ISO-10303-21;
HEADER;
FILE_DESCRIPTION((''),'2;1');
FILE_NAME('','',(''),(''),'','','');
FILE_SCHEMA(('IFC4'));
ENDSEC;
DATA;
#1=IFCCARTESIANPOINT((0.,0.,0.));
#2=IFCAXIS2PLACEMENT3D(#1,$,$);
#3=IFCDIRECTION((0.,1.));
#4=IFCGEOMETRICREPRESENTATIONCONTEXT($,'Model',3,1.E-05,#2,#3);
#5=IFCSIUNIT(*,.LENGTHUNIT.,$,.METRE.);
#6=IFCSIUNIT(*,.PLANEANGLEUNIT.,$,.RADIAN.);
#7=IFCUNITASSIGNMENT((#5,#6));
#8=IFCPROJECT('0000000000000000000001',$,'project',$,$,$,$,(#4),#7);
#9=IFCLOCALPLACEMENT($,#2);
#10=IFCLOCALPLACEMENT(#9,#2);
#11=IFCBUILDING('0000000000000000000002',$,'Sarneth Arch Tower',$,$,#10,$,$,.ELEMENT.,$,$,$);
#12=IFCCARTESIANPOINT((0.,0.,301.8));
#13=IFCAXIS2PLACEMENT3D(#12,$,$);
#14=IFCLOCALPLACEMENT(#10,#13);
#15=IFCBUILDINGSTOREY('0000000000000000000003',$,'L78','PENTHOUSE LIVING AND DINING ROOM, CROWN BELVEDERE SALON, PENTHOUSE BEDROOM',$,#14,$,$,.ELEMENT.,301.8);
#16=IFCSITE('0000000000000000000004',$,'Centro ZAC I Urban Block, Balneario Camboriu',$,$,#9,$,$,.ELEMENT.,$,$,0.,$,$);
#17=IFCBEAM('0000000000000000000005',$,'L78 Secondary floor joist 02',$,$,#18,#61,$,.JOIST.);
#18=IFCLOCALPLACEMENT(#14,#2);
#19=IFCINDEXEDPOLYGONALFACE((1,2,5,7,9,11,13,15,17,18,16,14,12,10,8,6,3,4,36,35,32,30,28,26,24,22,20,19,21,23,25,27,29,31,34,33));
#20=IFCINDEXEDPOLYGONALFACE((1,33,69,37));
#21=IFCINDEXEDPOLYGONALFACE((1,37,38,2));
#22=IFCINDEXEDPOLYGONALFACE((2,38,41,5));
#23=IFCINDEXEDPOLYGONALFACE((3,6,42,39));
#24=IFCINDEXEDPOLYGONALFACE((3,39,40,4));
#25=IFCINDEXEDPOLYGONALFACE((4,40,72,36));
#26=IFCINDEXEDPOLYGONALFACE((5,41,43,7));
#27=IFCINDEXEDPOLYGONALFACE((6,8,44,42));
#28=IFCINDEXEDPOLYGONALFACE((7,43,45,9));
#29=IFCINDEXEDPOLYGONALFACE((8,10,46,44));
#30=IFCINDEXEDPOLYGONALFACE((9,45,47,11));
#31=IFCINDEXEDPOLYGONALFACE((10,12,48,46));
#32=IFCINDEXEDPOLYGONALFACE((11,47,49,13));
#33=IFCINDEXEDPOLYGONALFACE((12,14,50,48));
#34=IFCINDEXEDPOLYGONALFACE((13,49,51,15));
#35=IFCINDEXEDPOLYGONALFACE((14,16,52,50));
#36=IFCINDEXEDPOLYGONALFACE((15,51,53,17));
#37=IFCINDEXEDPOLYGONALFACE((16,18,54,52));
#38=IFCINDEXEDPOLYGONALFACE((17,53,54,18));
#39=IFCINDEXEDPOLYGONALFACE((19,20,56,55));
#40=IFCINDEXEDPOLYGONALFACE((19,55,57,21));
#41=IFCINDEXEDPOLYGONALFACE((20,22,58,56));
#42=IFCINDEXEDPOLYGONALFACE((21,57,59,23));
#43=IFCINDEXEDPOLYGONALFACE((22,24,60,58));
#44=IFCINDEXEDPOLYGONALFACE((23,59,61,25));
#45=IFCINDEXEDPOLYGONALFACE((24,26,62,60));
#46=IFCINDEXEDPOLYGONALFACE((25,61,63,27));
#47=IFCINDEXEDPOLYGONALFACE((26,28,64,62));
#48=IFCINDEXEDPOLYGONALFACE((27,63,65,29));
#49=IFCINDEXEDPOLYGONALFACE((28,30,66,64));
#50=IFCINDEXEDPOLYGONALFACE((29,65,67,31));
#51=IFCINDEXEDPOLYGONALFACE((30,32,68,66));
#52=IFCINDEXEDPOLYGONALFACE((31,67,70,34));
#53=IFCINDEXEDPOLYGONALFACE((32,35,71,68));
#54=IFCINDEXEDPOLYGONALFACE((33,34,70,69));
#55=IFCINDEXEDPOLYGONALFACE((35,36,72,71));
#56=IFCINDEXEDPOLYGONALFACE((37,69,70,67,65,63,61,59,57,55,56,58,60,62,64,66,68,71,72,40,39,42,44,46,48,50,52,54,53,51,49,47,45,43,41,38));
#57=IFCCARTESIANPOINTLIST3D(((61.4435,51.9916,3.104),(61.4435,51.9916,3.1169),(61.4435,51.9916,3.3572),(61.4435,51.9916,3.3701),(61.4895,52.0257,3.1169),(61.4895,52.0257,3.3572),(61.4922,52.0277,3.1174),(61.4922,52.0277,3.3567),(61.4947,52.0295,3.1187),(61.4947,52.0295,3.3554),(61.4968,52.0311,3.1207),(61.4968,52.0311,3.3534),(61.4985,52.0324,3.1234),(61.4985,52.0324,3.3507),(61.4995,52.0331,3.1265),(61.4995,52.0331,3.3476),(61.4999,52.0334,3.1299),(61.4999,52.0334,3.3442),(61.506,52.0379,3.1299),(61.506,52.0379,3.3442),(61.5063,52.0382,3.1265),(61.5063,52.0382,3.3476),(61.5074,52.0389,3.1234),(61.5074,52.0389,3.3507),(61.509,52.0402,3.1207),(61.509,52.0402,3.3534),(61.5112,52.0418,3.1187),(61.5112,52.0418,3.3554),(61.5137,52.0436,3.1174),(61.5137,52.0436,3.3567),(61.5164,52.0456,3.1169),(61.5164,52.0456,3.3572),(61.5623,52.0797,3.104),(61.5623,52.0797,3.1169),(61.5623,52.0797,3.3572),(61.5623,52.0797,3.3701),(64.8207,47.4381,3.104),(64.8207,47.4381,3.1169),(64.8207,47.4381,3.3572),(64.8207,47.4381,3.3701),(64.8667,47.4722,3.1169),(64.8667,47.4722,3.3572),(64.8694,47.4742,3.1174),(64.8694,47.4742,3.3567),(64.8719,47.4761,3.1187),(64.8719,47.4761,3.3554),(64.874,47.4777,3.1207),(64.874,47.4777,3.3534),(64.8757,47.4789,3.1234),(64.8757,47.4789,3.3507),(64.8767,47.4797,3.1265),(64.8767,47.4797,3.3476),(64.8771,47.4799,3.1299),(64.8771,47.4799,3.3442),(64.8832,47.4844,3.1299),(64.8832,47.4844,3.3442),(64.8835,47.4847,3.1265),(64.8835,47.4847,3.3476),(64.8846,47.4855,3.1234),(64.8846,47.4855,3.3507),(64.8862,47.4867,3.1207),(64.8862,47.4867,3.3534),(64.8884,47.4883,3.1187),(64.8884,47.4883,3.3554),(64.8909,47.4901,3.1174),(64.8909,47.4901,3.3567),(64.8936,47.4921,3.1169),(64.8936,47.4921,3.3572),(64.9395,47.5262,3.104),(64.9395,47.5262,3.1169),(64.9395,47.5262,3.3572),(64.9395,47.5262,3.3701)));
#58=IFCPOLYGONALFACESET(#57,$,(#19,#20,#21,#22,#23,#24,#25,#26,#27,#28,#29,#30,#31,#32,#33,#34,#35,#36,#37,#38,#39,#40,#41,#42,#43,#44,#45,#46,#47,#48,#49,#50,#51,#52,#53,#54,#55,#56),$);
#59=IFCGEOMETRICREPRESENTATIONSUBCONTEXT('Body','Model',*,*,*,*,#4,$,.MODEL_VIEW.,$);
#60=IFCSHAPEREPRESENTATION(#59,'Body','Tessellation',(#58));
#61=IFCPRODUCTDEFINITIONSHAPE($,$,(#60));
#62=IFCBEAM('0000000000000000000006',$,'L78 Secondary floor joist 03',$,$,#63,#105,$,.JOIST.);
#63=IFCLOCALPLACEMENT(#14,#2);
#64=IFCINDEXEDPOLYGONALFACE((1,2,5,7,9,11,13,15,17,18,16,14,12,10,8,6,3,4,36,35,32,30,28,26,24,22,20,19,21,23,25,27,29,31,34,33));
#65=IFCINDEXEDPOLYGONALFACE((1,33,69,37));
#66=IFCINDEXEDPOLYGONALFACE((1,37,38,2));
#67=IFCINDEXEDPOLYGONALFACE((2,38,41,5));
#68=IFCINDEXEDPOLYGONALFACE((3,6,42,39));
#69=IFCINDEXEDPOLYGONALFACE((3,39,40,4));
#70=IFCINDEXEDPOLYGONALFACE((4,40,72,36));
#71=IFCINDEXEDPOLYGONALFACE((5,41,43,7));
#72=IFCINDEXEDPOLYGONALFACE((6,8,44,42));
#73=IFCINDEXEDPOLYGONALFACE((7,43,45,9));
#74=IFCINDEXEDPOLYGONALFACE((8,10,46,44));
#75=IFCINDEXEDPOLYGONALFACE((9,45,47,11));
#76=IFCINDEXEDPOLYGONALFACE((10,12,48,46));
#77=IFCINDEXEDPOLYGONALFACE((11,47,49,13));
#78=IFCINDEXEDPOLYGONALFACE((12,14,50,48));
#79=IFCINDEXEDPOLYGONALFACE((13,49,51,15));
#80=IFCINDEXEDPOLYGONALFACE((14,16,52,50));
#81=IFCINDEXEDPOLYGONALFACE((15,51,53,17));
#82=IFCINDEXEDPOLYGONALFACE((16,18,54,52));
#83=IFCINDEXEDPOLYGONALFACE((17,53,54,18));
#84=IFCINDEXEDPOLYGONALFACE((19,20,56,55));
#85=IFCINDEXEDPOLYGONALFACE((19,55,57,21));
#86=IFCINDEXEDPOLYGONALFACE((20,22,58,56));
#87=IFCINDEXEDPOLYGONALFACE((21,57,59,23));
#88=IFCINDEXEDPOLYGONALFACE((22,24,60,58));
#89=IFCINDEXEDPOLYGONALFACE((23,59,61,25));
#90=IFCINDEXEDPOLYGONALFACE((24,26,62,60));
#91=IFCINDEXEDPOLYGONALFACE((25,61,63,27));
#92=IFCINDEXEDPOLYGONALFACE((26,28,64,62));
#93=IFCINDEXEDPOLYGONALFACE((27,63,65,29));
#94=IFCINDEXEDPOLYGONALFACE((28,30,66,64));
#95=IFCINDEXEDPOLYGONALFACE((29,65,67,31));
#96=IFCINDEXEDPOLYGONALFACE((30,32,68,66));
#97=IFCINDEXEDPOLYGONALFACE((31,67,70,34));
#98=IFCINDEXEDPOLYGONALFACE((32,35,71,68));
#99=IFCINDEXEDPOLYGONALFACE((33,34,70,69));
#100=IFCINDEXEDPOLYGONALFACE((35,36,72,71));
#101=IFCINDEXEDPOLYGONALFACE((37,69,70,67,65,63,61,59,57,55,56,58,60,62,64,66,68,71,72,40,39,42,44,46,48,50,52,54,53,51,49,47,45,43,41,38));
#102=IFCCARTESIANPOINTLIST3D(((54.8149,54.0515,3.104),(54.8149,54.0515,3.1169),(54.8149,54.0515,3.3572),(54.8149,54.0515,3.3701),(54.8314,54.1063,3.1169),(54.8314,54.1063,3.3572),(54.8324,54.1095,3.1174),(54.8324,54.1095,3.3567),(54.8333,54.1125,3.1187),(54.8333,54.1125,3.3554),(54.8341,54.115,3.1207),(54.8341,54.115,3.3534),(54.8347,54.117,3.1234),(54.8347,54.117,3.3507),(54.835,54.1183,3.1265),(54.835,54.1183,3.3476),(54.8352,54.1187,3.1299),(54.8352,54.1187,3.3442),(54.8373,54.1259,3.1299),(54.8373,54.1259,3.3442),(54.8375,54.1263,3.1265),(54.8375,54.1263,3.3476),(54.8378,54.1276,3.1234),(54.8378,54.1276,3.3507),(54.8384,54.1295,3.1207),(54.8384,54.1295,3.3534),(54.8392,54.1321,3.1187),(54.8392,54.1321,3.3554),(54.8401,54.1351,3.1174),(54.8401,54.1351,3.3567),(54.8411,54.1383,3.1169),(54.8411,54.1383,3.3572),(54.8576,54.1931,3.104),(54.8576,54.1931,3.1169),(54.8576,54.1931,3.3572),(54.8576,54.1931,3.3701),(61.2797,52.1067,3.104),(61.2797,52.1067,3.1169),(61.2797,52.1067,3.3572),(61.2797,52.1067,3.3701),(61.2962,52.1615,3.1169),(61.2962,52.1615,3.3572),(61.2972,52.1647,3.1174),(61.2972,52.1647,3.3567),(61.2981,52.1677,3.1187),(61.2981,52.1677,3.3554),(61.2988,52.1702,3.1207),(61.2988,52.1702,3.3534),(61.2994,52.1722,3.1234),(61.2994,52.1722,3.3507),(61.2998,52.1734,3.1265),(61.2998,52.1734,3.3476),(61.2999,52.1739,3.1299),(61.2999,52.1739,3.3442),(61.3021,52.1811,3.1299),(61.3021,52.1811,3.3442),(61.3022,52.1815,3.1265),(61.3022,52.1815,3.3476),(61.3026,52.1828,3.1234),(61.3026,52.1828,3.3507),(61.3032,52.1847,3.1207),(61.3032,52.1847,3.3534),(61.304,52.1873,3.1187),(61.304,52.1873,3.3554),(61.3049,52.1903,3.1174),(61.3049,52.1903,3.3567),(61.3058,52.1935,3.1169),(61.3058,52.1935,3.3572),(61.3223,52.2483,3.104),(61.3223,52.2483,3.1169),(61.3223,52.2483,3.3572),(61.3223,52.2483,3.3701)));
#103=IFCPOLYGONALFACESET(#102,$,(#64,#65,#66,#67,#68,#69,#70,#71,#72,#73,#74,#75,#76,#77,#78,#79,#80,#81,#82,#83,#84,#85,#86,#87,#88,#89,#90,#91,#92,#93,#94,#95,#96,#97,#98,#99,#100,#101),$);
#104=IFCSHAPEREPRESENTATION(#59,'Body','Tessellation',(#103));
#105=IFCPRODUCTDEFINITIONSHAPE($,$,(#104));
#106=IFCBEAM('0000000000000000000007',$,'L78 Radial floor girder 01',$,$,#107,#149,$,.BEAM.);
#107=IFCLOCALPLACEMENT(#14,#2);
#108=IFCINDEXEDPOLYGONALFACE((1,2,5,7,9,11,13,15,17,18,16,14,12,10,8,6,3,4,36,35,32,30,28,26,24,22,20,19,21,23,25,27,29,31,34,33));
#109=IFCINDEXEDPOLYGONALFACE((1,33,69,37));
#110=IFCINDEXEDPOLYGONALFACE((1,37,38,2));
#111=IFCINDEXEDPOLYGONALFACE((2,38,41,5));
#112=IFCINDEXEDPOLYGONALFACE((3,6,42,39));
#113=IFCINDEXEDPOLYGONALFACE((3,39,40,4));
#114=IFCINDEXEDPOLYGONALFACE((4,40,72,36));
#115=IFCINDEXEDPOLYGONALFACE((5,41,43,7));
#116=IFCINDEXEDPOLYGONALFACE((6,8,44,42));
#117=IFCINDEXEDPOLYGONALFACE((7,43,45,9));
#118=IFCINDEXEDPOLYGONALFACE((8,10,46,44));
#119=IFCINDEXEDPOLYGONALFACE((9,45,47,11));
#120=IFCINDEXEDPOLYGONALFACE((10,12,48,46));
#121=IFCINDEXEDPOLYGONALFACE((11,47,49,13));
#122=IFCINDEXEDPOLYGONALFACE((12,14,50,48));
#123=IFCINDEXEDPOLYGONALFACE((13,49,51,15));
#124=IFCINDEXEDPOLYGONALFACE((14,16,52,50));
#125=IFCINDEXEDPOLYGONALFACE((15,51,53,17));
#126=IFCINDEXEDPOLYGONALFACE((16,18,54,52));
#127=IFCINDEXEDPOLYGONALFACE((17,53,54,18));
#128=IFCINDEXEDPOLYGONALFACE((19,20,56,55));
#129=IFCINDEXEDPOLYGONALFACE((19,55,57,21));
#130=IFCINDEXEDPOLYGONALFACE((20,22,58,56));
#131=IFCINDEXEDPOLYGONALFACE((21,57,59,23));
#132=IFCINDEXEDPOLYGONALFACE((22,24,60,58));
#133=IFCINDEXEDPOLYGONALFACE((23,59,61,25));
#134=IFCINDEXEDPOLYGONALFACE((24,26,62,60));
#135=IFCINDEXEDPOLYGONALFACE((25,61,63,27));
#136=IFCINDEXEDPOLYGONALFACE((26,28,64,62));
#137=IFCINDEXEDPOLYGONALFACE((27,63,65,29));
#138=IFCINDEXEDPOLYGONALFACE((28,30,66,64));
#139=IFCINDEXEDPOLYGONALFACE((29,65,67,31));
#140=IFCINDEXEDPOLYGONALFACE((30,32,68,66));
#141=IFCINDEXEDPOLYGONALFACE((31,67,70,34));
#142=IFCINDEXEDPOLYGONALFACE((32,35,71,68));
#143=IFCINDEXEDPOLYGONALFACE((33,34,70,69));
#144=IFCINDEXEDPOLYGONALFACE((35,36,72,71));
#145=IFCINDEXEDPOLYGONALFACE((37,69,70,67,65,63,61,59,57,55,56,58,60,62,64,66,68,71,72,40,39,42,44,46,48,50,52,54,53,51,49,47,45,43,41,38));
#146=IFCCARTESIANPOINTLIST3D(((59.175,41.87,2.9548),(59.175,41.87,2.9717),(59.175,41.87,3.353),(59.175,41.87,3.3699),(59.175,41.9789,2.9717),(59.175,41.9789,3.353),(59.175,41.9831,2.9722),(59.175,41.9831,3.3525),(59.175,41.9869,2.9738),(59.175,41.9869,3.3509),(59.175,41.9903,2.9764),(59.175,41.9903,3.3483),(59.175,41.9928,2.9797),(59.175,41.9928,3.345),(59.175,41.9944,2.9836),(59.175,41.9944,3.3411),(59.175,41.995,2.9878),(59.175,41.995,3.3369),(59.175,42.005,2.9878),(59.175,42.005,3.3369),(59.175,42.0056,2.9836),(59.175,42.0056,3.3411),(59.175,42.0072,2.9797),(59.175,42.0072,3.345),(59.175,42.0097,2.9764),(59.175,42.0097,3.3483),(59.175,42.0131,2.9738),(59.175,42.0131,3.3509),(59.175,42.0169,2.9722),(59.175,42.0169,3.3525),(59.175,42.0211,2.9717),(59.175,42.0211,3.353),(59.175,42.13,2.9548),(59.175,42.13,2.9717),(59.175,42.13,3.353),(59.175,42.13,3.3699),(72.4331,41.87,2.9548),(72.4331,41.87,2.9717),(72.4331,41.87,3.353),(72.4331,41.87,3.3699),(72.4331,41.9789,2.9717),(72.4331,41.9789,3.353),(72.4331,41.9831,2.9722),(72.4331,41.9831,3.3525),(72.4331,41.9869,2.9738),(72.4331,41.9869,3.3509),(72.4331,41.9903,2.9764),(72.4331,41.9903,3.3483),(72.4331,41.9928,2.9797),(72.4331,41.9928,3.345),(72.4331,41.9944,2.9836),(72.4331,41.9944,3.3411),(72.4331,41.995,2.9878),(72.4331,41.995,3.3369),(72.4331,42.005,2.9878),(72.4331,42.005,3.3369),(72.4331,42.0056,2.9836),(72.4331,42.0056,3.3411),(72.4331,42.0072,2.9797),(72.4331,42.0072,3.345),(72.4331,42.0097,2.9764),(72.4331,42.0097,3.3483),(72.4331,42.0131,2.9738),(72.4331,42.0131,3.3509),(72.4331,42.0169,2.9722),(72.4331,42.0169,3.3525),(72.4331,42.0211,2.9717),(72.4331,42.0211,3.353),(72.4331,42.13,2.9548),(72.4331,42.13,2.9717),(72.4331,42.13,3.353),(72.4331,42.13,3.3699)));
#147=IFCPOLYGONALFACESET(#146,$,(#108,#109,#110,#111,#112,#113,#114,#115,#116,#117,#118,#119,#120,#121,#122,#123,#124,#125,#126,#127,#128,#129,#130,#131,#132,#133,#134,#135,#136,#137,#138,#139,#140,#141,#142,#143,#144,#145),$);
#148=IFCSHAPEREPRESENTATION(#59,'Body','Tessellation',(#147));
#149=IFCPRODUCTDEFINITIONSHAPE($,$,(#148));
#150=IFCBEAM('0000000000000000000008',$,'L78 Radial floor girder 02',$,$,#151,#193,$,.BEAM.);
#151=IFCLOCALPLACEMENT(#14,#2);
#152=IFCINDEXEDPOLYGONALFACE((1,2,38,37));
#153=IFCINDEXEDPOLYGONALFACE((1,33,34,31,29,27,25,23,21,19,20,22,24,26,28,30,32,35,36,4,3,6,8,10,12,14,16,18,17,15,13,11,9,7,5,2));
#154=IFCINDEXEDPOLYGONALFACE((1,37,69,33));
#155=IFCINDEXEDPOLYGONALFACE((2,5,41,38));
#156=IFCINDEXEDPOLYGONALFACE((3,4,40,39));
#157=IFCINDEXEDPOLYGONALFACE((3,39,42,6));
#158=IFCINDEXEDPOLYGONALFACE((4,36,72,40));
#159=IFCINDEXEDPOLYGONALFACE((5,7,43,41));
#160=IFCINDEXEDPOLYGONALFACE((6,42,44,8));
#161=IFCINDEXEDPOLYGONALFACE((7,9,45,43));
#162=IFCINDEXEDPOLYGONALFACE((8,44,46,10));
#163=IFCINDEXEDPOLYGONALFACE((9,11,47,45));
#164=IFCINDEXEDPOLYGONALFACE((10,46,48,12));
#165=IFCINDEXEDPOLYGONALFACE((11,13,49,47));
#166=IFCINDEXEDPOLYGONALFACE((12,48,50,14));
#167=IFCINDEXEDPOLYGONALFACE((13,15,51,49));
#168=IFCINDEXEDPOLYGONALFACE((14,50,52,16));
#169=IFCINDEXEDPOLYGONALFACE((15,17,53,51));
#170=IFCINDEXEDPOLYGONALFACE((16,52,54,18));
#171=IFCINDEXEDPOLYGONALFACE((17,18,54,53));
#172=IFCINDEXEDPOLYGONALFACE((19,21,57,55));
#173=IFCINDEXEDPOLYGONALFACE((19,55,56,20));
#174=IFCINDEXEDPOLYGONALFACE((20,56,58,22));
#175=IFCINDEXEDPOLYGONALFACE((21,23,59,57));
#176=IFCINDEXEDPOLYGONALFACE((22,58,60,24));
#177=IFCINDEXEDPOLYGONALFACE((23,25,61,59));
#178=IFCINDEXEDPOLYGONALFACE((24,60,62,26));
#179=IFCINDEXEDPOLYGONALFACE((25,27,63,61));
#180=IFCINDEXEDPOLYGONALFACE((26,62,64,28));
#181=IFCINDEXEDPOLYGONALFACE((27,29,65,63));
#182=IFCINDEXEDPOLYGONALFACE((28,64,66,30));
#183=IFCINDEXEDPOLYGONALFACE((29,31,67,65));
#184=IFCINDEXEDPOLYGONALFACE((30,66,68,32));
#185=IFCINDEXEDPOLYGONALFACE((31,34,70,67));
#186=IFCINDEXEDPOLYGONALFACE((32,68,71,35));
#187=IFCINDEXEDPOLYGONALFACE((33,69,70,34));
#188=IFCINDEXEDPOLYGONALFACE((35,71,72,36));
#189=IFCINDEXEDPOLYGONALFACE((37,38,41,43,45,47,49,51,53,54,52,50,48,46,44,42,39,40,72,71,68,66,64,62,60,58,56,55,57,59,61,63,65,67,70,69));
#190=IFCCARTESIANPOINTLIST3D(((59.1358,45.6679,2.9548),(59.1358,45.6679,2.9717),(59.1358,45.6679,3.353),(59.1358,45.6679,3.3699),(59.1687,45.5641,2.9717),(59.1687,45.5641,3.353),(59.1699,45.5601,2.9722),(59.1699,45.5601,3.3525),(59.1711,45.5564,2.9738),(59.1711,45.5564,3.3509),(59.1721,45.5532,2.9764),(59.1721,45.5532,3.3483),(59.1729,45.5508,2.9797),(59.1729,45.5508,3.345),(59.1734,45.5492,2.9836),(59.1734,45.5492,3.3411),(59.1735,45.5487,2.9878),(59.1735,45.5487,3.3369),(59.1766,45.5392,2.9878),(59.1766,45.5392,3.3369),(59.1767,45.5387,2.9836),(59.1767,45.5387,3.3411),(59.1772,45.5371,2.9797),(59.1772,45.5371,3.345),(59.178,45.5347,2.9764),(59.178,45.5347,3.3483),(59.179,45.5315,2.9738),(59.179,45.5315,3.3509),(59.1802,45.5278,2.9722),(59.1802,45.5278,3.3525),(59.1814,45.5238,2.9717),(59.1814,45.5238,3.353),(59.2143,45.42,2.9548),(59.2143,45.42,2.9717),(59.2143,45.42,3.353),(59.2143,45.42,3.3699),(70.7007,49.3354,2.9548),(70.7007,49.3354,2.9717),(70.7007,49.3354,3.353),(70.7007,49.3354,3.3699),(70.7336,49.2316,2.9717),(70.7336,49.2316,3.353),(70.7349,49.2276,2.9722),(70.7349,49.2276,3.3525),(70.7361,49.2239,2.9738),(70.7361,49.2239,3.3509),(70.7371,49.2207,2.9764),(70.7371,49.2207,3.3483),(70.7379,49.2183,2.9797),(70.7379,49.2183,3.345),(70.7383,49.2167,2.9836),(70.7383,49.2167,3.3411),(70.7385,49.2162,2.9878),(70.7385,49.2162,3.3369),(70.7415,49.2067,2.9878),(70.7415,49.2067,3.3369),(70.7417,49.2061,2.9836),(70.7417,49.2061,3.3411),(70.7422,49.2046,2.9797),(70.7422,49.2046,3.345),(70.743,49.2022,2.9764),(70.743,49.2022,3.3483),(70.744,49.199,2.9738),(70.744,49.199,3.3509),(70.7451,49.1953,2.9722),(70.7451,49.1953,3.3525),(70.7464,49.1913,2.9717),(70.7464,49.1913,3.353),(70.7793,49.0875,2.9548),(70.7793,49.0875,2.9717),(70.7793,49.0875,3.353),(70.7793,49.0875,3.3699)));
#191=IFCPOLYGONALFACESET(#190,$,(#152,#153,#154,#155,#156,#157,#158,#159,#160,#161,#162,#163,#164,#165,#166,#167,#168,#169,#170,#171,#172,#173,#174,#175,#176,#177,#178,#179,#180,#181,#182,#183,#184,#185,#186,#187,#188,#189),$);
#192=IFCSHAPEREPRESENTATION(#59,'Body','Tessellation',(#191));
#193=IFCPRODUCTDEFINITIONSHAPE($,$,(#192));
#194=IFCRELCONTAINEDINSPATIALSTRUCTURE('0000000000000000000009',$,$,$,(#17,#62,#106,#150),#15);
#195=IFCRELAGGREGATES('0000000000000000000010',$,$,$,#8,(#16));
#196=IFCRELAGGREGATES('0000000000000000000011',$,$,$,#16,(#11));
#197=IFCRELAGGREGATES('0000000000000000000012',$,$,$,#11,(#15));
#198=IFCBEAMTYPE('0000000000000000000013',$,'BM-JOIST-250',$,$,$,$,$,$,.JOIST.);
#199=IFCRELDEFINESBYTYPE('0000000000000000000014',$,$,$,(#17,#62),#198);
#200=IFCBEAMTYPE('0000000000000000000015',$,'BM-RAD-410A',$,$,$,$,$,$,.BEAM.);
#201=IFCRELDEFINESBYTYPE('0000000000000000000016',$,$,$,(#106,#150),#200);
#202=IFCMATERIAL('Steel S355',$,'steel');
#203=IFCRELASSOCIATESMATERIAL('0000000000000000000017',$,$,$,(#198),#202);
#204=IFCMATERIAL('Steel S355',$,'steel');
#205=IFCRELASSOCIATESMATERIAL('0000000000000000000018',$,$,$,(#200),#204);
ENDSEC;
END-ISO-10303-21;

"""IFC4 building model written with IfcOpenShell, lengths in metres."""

from ifc_helpers import new_model, si_unit, direction, frame, origin, origin_2d, place, context, subcontext, project, spatial, i_section, extrude, material, material_profile, profile_set, type_object, element, save


model = new_model("IFC4")

# Units and contexts
model_context = context("Model", 3, precision=1e-05, world=origin(), true_north=direction((0.0, 1.0)))
body_context = subcontext(model_context, "Body", "Model", "MODEL_VIEW")
ifc_project = project(units=[si_unit("LENGTHUNIT", "METRE"), si_unit("PLANEANGLEUNIT", "RADIAN")], contexts=[model_context])

# Site, building, storey
site_placement = place(None, origin())
site = spatial("IfcSite", under=ifc_project, at=site_placement, Name="Centro ZAC I Urban Block, Balneario Camboriu", CompositionType="ELEMENT", RefElevation=0.0)
building_placement = place(site_placement, origin())
building = spatial("IfcBuilding", under=site, at=building_placement, Name="Sarneth Arch Tower", CompositionType="ELEMENT")
storey_placement = place(building_placement, frame((0.0, 0.0, 301.8)))
storey = spatial("IfcBuildingStorey", under=building, at=storey_placement, Name="L78", Description="PENTHOUSE LIVING AND DINING ROOM, CROWN BELVEDERE SALON, PENTHOUSE BEDROOM", CompositionType="ELEMENT", Elevation=301.8)

# Beams
ifc_material_1 = material(Name="Steel S355", Category="steel")
ifc_material_profile_1 = material_profile(ifc_material_1, i_section(OverallWidth=0.1479, OverallDepth=0.2661, WebThickness=0.0076, FlangeThickness=0.0129, FilletRadius=0.0129, at=origin_2d()), Name="W250x44.8")
ifc_profile_set_1 = profile_set([ifc_material_profile_1], Name="Steel S355")
beam_type_1 = type_object("IfcBeamType", Name="BM-JOIST-250", PredefinedType="JOIST", material=ifc_profile_set_1)
beam_1_placement = place(storey_placement, frame((64.8801, 47.4822, 3.2371), z_axis=(-0.595713, 0.803198, 0.0), x_axis=(-0.803198, -0.595713, 0.0)))
element("IfcBeam", 1, at=beam_1_placement, inside=storey, type_object=beam_type_1, Name="L78 Secondary floor joist 02", PredefinedType="JOIST", context=body_context, shape_type="SweptSolid", body=[
    extrude(i_section(OverallWidth=0.1479, OverallDepth=0.2661, WebThickness=0.0076, FlangeThickness=0.0129, FilletRadius=0.0129, at=origin_2d()), origin(), (0.0, 0.0, 1.0), 5.6692),
])
beam_2_placement = place(storey_placement, frame((61.301, 52.1775, 3.2371), z_axis=(-0.957607, 0.288078, 0.0), x_axis=(-0.288078, -0.957607, 0.0)))
element("IfcBeam", 2, at=beam_2_placement, inside=storey, type_object=beam_type_1, Name="L78 Secondary floor joist 03", PredefinedType="JOIST", context=body_context, shape_type="SweptSolid", body=[
    extrude(i_section(OverallWidth=0.1479, OverallDepth=0.2661, WebThickness=0.0076, FlangeThickness=0.0129, FilletRadius=0.0129, at=origin_2d()), origin(), (0.0, 0.0, 1.0), 6.751),
])
ifc_material_2 = material(Name="Steel S355", Category="steel")
ifc_material_profile_2 = material_profile(ifc_material_2, i_section(OverallWidth=0.26, OverallDepth=0.415, WebThickness=0.01, FlangeThickness=0.0168, FilletRadius=0.0161, at=origin_2d()), Name="W410x100")
ifc_profile_set_2 = profile_set([ifc_material_profile_2], Name="Steel S355")
beam_type_2 = type_object("IfcBeamType", Name="BM-RAD-410A", PredefinedType="BEAM", material=ifc_profile_set_2)
beam_3_placement = place(storey_placement, frame((59.175, 42.0, 3.1624), z_axis=(1.0, 0.0, 0.0), x_axis=(0.0, 1.0, 0.0)))
element("IfcBeam", 3, at=beam_3_placement, inside=storey, type_object=beam_type_2, Name="L78 Radial floor girder 01", PredefinedType="BEAM", context=body_context, shape_type="SweptSolid", body=[
    extrude(i_section(OverallWidth=0.26, OverallDepth=0.415, WebThickness=0.01, FlangeThickness=0.0168, FilletRadius=0.0161, at=origin_2d()), origin(), (0.0, 0.0, 1.0), 13.2581),
])
beam_4_placement = place(storey_placement, frame((59.175, 45.5439, 3.1624), z_axis=(0.953218, 0.302285, 0.0), x_axis=(-0.302285, 0.953218, 0.0)))
element("IfcBeam", 4, at=beam_4_placement, inside=storey, type_object=beam_type_2, Name="L78 Radial floor girder 02", PredefinedType="BEAM", context=body_context, shape_type="SweptSolid", body=[
    extrude(i_section(OverallWidth=0.26, OverallDepth=0.415, WebThickness=0.01, FlangeThickness=0.0168, FilletRadius=0.0161, at=origin_2d()), origin(), (0.0, 0.0, 1.0), 12.1326),
])

save(model, "model.ifc")
